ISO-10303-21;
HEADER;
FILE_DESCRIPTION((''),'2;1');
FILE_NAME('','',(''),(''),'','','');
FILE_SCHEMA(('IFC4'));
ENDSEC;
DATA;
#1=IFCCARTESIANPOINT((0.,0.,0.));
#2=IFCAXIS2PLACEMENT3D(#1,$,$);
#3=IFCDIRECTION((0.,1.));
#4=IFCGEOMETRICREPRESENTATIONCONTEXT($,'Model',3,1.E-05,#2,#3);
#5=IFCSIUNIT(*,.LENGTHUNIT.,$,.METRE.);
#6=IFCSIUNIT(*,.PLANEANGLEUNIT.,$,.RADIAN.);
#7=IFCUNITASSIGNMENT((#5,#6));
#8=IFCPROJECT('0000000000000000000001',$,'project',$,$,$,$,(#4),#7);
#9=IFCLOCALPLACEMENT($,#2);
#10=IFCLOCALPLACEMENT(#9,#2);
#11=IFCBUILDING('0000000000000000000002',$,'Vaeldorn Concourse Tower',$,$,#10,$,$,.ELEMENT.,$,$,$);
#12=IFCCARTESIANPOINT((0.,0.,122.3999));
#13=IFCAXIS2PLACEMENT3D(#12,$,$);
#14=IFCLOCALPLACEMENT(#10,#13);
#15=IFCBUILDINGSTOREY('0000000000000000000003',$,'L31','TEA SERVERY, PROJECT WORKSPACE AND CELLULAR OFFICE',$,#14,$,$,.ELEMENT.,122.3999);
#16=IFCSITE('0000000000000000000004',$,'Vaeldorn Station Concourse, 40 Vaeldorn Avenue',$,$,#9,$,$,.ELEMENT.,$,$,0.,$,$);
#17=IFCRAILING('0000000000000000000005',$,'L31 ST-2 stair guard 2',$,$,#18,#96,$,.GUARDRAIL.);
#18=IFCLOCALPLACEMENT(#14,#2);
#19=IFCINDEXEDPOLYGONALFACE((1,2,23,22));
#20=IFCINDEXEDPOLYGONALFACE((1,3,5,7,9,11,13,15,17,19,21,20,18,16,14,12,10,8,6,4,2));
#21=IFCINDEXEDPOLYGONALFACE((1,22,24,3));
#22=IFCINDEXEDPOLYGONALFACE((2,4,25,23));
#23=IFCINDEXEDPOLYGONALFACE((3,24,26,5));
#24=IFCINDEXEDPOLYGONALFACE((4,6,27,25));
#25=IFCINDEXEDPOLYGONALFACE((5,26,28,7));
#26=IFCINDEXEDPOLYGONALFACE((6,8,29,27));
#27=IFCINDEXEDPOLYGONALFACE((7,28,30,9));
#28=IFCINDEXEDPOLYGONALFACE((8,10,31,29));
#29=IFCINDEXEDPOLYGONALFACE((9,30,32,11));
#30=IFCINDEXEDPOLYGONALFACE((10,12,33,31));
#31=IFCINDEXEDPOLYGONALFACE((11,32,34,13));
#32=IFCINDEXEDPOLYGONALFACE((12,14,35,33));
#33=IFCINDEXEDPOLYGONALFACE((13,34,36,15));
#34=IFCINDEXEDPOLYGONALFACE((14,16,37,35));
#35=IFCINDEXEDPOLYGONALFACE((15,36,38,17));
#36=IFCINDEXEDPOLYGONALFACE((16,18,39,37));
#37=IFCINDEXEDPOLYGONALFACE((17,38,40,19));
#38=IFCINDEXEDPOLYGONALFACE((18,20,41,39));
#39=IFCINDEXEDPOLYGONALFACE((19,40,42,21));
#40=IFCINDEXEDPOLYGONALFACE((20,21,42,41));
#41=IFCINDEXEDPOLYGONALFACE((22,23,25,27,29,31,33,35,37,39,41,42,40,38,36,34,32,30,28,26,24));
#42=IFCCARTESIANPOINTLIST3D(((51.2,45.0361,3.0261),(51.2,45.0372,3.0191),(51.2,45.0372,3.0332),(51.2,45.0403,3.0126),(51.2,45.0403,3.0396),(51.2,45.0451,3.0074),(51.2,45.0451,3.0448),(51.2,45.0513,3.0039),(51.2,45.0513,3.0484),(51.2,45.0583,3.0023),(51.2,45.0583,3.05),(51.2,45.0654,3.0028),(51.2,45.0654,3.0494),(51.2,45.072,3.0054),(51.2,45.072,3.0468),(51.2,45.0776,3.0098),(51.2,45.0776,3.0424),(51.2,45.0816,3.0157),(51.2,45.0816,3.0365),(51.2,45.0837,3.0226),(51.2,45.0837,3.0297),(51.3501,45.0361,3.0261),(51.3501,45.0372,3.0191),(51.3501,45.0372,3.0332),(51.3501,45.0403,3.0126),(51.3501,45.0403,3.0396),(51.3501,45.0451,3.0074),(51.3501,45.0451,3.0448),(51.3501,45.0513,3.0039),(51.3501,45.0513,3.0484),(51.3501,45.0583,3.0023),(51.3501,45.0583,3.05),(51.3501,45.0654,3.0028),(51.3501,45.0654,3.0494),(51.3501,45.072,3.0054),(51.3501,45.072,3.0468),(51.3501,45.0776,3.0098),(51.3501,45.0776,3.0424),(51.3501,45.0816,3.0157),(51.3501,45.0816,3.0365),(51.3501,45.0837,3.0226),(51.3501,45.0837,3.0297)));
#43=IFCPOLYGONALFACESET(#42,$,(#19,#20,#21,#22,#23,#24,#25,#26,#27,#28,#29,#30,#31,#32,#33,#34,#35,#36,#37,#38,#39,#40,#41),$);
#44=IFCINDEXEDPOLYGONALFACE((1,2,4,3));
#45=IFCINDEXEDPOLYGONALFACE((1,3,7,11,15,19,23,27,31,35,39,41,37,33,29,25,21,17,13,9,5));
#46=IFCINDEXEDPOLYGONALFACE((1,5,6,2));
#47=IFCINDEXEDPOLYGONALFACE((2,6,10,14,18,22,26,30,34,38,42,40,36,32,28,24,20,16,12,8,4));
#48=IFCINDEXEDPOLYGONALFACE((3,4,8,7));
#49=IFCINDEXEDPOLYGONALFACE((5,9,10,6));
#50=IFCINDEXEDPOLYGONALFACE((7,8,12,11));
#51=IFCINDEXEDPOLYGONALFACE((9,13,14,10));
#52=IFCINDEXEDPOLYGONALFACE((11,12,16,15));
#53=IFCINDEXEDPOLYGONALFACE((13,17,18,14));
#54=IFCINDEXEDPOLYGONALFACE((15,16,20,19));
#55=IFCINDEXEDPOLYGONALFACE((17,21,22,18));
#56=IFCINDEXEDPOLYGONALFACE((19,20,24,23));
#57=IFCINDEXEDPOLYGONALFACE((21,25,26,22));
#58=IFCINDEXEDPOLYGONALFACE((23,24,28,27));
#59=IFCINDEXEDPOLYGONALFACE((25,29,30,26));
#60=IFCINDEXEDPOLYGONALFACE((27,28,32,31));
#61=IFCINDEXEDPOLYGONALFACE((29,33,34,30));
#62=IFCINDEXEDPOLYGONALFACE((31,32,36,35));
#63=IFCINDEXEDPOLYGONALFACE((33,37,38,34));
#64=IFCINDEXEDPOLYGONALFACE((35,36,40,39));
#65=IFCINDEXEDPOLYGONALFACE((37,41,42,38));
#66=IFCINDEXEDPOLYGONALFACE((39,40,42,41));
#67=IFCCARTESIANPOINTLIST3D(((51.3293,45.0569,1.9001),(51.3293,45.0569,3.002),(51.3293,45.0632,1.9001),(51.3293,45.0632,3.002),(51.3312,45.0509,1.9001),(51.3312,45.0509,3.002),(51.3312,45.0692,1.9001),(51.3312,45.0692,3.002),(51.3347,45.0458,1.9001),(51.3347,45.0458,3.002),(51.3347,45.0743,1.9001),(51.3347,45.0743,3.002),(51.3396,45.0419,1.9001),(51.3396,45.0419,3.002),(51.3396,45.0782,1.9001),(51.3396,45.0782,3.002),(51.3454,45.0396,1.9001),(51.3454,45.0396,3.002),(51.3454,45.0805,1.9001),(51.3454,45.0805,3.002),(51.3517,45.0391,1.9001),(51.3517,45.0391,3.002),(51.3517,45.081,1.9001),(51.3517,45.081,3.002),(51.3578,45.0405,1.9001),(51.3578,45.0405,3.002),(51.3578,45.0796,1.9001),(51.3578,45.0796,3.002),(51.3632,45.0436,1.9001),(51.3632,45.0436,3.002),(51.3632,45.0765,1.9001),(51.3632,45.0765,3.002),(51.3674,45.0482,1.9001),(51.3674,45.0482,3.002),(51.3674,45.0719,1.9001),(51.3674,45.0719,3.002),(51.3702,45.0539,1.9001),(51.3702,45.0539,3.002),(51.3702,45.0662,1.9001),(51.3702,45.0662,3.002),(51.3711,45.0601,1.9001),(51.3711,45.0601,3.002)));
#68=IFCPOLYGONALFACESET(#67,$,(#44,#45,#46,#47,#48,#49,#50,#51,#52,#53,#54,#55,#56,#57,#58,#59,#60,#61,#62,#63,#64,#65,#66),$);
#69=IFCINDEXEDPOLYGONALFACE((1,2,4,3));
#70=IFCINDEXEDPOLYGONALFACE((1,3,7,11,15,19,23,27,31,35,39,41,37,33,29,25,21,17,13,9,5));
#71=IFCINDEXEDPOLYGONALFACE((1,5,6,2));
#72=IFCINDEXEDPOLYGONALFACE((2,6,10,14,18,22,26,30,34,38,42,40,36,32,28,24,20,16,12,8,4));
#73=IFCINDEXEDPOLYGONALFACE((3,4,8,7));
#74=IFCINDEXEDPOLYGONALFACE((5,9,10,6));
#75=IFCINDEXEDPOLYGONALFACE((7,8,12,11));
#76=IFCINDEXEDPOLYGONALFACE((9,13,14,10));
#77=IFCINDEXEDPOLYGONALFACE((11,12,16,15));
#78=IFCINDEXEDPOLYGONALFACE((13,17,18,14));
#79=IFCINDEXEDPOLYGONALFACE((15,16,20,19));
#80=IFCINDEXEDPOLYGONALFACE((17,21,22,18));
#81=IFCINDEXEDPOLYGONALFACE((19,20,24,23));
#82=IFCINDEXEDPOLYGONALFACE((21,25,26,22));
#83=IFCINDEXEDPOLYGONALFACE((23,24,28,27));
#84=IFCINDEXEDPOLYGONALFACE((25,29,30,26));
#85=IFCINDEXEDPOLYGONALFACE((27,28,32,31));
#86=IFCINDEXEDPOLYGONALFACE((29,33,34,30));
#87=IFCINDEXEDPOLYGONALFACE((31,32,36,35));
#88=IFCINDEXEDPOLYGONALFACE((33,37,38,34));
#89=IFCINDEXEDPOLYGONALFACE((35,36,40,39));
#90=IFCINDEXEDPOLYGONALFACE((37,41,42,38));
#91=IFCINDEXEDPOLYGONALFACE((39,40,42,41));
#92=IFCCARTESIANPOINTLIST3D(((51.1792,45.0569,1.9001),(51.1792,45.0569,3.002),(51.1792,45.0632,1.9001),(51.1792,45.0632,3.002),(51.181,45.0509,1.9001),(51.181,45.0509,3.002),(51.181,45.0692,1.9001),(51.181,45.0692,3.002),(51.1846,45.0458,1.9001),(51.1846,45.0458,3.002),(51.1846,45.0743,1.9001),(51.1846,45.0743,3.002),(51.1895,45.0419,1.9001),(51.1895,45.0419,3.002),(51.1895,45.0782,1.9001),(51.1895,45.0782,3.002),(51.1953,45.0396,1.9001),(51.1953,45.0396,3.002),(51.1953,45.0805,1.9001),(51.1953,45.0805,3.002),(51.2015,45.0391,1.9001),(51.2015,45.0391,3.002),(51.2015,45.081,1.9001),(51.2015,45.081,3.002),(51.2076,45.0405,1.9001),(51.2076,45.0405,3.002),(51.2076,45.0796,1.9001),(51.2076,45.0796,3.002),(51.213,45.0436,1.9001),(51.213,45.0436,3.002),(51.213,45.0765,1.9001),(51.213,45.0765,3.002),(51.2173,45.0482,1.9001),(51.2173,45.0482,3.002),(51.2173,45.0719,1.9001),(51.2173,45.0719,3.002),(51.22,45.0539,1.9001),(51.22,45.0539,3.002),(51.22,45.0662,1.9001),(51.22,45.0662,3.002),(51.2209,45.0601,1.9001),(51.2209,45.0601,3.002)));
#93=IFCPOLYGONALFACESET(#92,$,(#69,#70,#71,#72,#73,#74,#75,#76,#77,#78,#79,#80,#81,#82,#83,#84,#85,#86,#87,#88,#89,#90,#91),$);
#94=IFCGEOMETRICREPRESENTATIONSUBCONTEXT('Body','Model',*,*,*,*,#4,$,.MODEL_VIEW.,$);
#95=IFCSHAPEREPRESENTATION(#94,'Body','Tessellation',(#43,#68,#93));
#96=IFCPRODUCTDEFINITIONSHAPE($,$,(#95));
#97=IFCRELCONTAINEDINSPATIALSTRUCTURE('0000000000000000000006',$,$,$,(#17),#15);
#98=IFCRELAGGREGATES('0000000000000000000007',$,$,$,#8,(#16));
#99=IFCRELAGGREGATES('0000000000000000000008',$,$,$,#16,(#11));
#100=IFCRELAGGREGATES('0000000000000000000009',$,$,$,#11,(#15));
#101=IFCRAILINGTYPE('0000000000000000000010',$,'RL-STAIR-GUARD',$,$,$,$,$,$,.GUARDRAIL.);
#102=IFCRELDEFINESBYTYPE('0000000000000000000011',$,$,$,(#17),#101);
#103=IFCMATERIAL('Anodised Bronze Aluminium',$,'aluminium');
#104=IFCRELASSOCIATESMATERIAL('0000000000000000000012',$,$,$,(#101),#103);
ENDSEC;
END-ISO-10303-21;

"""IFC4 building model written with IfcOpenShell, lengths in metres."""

from ifc_helpers import new_model, si_unit, direction, frame, origin, origin_2d, place, context, subcontext, project, spatial, circle, extrude, material, type_object, element, save


model = new_model("IFC4")

# Units and contexts
model_context = context("Model", 3, precision=1e-05, world=origin(), true_north=direction((0.0, 1.0)))
body_context = subcontext(model_context, "Body", "Model", "MODEL_VIEW")
ifc_project = project(units=[si_unit("LENGTHUNIT", "METRE"), si_unit("PLANEANGLEUNIT", "RADIAN")], contexts=[model_context])

# Site, building, storey
site_placement = place(None, origin())
site = spatial("IfcSite", under=ifc_project, at=site_placement, Name="Vaeldorn Station Concourse, 40 Vaeldorn Avenue", CompositionType="ELEMENT", RefElevation=0.0)
building_placement = place(site_placement, origin())
building = spatial("IfcBuilding", under=site, at=building_placement, Name="Vaeldorn Concourse Tower", CompositionType="ELEMENT")
storey_placement = place(building_placement, frame((0.0, 0.0, 122.3999)))
storey = spatial("IfcBuildingStorey", under=building, at=storey_placement, Name="L31", Description="TEA SERVERY, PROJECT WORKSPACE AND CELLULAR OFFICE", CompositionType="ELEMENT", Elevation=122.3999)

# Shared definitions
ifc_material_1 = material(Name="Anodised Bronze Aluminium", Category="aluminium")

# Railing
railing_type_1 = type_object("IfcRailingType", Name="RL-STAIR-GUARD", PredefinedType="GUARDRAIL", material=ifc_material_1)
railing_1_placement = place(storey_placement, frame((51.3501, 45.0601, 1.9001)))
element("IfcRailing", 1, at=railing_1_placement, inside=storey, type_object=railing_type_1, Name="L31 ST-2 stair guard 2", PredefinedType="GUARDRAIL", context=body_context, shape_type="SweptSolid", body=[
    extrude(circle(Radius=0.0239, at=origin_2d()), frame((0.0, 0.0, 1.126), z_axis=(-1.0, 0.0, 0.0), x_axis=(0.0, -1.0, 0.0)), (0.0, 0.0, 1.0), 0.1501),
    extrude(circle(Radius=0.021, at=origin_2d()), origin(), (0.0, 0.0, 1.0), 1.1018),
    extrude(circle(Radius=0.021, at=origin_2d()), frame((-0.1501, 0.0, 0.0)), (0.0, 0.0, 1.0), 1.1018),
])

save(model, "model.ifc")
